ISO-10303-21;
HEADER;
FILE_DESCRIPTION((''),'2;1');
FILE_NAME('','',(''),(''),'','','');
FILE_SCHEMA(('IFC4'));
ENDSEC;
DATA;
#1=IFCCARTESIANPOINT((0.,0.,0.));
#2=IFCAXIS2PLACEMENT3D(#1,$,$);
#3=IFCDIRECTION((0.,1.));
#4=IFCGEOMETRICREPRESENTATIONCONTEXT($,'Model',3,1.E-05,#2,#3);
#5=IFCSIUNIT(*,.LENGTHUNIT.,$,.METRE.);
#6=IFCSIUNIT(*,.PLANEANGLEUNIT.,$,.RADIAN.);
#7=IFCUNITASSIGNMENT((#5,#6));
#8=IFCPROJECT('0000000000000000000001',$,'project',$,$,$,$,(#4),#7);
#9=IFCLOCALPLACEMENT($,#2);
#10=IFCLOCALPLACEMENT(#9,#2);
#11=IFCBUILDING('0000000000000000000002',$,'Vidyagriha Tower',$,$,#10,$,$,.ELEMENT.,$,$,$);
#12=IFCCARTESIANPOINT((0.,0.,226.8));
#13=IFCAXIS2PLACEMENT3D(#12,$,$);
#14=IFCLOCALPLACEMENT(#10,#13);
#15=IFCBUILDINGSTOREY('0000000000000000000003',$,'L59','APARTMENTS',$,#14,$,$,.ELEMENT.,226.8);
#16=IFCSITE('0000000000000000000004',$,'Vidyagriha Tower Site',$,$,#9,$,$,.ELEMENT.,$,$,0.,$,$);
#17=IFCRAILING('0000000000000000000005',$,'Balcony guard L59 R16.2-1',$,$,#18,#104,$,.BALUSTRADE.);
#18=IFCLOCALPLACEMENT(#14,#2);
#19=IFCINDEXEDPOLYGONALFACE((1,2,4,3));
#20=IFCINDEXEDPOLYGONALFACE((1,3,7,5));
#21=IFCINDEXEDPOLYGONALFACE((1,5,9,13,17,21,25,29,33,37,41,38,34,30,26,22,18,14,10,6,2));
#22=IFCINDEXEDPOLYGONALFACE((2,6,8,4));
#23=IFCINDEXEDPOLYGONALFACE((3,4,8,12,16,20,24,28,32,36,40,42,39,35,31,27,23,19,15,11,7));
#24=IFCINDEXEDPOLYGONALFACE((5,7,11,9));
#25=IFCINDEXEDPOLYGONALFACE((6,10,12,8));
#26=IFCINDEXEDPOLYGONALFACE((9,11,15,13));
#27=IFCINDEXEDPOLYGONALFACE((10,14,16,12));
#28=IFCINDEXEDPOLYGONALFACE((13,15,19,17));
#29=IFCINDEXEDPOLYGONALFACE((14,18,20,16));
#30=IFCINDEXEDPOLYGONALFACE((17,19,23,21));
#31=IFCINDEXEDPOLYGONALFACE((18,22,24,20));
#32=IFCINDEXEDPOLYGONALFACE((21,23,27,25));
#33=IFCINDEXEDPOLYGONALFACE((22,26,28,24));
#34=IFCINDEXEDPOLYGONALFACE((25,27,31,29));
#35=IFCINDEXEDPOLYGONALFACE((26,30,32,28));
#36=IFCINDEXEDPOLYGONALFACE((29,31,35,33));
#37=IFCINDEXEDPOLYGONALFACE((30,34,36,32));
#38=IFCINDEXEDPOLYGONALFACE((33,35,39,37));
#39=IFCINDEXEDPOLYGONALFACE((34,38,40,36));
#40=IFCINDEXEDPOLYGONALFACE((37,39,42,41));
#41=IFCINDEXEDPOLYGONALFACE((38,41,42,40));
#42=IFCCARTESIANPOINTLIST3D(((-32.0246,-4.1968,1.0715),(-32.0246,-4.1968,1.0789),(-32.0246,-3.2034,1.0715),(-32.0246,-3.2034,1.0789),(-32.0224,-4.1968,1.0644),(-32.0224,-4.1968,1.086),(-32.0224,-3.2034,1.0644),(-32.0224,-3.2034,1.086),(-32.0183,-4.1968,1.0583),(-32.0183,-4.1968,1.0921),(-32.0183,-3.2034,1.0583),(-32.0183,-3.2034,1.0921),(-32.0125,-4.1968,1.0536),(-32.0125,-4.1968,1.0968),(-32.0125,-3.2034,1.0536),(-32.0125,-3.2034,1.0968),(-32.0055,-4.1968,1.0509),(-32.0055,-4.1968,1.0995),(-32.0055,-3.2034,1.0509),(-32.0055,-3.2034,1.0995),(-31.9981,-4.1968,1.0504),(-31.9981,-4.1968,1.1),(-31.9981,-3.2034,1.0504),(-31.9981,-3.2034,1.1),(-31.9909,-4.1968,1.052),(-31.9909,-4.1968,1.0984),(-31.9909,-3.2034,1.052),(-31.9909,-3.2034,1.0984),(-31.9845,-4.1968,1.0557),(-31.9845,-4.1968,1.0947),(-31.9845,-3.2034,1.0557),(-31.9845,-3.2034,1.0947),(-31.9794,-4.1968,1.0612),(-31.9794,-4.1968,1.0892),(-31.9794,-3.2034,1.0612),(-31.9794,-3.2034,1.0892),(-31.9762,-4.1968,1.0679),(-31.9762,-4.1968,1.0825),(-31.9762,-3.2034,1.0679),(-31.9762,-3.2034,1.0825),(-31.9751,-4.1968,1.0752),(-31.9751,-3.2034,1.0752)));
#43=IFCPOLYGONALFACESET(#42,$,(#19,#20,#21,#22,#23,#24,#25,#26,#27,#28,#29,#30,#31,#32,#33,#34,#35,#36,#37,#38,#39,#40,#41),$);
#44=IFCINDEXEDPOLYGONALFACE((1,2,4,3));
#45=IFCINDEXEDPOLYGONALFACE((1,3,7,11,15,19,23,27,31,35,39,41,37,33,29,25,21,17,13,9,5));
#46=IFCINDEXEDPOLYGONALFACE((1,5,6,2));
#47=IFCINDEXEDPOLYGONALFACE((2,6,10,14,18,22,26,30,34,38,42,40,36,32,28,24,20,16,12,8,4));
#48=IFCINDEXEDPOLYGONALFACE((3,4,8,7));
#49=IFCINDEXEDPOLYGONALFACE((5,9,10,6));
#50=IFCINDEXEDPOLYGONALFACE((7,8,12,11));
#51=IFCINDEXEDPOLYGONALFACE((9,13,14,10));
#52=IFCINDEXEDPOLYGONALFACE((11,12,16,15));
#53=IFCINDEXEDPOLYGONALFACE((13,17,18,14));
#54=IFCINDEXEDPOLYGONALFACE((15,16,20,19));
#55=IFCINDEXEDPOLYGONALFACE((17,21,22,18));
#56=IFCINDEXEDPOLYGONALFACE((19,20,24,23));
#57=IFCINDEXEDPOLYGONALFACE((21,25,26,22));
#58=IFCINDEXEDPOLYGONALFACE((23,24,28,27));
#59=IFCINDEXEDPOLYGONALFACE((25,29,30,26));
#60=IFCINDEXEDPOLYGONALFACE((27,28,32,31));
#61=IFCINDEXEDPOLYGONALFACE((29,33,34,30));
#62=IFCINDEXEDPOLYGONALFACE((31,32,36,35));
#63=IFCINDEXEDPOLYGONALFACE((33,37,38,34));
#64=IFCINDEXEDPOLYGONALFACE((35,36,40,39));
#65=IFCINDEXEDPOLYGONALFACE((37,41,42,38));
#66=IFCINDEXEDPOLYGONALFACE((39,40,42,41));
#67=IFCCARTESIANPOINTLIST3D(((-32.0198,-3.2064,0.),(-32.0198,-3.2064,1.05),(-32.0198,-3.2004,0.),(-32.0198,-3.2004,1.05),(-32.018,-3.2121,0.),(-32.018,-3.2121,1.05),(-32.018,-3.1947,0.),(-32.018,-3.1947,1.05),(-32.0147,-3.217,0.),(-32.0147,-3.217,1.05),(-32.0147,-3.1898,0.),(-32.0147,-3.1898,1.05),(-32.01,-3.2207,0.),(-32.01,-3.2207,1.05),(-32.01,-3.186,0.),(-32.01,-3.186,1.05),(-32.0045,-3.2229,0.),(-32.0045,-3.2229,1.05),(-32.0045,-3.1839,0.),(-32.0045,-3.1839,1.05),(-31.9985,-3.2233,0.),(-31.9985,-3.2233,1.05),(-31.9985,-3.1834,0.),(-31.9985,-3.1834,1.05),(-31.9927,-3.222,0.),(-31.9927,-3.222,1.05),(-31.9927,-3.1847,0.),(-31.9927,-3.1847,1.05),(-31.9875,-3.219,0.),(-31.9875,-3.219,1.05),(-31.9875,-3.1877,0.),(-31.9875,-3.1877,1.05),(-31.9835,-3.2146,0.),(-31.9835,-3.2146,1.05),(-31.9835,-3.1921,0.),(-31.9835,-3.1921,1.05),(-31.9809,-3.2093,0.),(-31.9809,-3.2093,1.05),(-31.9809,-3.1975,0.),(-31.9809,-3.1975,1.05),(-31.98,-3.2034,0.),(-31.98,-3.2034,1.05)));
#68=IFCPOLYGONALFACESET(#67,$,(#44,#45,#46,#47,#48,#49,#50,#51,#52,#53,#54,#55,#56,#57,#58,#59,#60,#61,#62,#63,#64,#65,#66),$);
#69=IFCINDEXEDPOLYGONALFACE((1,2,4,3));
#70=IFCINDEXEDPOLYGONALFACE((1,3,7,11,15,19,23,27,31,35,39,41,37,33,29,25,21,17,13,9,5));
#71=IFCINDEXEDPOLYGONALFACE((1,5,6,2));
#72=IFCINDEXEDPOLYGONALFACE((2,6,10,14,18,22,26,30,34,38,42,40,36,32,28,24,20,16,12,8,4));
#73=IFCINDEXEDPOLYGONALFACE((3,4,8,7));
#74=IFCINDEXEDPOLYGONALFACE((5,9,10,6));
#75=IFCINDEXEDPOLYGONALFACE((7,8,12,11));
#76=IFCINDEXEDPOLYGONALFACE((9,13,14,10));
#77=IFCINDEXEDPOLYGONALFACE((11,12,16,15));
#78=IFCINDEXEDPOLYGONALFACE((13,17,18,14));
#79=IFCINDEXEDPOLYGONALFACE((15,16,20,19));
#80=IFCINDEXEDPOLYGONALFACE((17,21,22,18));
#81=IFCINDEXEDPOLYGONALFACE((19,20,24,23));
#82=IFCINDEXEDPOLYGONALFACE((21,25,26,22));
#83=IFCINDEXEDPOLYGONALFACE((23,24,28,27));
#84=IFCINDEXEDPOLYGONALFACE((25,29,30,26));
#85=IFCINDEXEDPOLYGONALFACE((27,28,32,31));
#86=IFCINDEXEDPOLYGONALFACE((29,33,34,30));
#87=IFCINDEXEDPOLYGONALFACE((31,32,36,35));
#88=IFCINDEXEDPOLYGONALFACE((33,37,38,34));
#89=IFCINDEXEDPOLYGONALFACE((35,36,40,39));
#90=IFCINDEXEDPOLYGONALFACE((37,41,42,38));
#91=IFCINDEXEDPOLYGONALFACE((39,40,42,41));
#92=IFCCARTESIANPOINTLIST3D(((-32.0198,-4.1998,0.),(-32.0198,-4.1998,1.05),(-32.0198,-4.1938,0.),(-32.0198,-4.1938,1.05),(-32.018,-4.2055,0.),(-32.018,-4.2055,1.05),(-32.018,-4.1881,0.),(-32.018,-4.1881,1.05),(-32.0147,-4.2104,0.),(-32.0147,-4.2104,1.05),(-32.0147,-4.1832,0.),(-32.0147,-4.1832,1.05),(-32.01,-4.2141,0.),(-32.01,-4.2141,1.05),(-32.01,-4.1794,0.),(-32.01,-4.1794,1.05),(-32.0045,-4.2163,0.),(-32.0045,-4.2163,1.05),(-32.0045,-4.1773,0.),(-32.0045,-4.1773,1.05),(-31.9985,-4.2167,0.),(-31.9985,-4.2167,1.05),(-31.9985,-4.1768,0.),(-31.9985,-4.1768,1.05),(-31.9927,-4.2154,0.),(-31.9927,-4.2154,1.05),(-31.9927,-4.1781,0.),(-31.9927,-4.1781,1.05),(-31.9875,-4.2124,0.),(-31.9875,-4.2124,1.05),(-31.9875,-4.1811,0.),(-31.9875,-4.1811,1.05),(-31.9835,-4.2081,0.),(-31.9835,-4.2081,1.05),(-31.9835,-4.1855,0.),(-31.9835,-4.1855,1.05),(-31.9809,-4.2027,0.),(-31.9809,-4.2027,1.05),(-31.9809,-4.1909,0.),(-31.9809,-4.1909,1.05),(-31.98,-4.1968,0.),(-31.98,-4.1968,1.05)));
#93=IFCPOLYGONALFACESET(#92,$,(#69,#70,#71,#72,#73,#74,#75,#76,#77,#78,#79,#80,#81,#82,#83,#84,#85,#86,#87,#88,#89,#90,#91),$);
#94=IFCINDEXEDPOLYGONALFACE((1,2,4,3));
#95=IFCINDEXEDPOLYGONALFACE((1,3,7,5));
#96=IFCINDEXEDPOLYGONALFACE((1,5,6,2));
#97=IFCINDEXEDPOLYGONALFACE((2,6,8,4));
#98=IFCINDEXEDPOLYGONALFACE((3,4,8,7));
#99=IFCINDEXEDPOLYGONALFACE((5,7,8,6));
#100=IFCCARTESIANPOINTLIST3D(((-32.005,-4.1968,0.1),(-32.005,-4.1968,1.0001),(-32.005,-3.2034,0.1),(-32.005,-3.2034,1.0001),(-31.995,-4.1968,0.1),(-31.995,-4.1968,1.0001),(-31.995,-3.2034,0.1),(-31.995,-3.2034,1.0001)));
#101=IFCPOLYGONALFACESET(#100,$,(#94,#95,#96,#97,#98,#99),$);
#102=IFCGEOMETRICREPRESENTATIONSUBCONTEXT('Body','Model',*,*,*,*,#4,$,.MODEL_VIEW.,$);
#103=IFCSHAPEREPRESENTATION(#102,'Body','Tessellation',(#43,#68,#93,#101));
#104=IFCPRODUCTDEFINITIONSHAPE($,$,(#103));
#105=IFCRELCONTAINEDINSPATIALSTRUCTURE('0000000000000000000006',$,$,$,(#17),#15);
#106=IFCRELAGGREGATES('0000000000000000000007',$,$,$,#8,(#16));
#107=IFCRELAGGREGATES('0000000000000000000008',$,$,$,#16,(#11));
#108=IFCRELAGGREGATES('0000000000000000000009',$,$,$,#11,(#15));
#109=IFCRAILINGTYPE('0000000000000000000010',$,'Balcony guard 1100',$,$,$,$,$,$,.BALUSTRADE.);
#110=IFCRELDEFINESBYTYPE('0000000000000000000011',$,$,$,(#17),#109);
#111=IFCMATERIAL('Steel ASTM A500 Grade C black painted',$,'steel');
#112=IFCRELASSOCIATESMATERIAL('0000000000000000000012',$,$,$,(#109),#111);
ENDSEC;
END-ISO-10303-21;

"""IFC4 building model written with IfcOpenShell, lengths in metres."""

from ifc_helpers import new_model, si_unit, direction, frame, origin, origin_2d, place, context, subcontext, project, spatial, rectangle, circle, extrude, material, type_object, element, save


model = new_model("IFC4")

# Units and contexts
model_context = context("Model", 3, precision=1e-05, world=origin(), true_north=direction((0.0, 1.0)))
body_context = subcontext(model_context, "Body", "Model", "MODEL_VIEW")
ifc_project = project(units=[si_unit("LENGTHUNIT", "METRE"), si_unit("PLANEANGLEUNIT", "RADIAN")], contexts=[model_context])

# Site, building, storey
site_placement = place(None, origin())
site = spatial("IfcSite", under=ifc_project, at=site_placement, Name="Vidyagriha Tower Site", CompositionType="ELEMENT", RefElevation=0.0)
building_placement = place(site_placement, origin())
building = spatial("IfcBuilding", under=site, at=building_placement, Name="Vidyagriha Tower", CompositionType="ELEMENT")
storey_placement = place(building_placement, frame((0.0, 0.0, 226.8)))
storey = spatial("IfcBuildingStorey", under=building, at=storey_placement, Name="L59", Description="APARTMENTS", CompositionType="ELEMENT", Elevation=226.8)

# Railing
ifc_material_1 = material(Name="Steel ASTM A500 Grade C black painted", Category="steel")
railing_type_1 = type_object("IfcRailingType", Name="Balcony guard 1100", PredefinedType="BALUSTRADE", material=ifc_material_1)
railing_1_placement = place(storey_placement, frame((-32.0, -3.2034, 0.0)))
element("IfcRailing", 1, at=railing_1_placement, inside=storey, type_object=railing_type_1, Name="Balcony guard L59 R16.2-1", PredefinedType="BALUSTRADE", context=body_context, shape_type="SweptSolid", body=[
    extrude(circle(Radius=0.0249, at=origin_2d()), frame((0.0, 0.0, 1.0752), z_axis=(0.0, -1.0, 0.0), x_axis=(1.0, 0.0, 0.0)), (0.0, 0.0, 1.0), 0.9934),
    extrude(circle(Radius=0.02, at=origin_2d()), origin(), (0.0, 0.0, 1.0), 1.05),
    extrude(circle(Radius=0.02, at=origin_2d()), frame((0.0, -0.9934, 0.0)), (0.0, 0.0, 1.0), 1.05),
    extrude(rectangle(XDim=0.01, YDim=0.9001, at=origin_2d()), frame((0.0, 0.0, 0.55), z_axis=(0.0, -1.0, 0.0), x_axis=(1.0, 0.0, 0.0)), (0.0, 0.0, 1.0), 0.9934),
])

save(model, "model.ifc")
